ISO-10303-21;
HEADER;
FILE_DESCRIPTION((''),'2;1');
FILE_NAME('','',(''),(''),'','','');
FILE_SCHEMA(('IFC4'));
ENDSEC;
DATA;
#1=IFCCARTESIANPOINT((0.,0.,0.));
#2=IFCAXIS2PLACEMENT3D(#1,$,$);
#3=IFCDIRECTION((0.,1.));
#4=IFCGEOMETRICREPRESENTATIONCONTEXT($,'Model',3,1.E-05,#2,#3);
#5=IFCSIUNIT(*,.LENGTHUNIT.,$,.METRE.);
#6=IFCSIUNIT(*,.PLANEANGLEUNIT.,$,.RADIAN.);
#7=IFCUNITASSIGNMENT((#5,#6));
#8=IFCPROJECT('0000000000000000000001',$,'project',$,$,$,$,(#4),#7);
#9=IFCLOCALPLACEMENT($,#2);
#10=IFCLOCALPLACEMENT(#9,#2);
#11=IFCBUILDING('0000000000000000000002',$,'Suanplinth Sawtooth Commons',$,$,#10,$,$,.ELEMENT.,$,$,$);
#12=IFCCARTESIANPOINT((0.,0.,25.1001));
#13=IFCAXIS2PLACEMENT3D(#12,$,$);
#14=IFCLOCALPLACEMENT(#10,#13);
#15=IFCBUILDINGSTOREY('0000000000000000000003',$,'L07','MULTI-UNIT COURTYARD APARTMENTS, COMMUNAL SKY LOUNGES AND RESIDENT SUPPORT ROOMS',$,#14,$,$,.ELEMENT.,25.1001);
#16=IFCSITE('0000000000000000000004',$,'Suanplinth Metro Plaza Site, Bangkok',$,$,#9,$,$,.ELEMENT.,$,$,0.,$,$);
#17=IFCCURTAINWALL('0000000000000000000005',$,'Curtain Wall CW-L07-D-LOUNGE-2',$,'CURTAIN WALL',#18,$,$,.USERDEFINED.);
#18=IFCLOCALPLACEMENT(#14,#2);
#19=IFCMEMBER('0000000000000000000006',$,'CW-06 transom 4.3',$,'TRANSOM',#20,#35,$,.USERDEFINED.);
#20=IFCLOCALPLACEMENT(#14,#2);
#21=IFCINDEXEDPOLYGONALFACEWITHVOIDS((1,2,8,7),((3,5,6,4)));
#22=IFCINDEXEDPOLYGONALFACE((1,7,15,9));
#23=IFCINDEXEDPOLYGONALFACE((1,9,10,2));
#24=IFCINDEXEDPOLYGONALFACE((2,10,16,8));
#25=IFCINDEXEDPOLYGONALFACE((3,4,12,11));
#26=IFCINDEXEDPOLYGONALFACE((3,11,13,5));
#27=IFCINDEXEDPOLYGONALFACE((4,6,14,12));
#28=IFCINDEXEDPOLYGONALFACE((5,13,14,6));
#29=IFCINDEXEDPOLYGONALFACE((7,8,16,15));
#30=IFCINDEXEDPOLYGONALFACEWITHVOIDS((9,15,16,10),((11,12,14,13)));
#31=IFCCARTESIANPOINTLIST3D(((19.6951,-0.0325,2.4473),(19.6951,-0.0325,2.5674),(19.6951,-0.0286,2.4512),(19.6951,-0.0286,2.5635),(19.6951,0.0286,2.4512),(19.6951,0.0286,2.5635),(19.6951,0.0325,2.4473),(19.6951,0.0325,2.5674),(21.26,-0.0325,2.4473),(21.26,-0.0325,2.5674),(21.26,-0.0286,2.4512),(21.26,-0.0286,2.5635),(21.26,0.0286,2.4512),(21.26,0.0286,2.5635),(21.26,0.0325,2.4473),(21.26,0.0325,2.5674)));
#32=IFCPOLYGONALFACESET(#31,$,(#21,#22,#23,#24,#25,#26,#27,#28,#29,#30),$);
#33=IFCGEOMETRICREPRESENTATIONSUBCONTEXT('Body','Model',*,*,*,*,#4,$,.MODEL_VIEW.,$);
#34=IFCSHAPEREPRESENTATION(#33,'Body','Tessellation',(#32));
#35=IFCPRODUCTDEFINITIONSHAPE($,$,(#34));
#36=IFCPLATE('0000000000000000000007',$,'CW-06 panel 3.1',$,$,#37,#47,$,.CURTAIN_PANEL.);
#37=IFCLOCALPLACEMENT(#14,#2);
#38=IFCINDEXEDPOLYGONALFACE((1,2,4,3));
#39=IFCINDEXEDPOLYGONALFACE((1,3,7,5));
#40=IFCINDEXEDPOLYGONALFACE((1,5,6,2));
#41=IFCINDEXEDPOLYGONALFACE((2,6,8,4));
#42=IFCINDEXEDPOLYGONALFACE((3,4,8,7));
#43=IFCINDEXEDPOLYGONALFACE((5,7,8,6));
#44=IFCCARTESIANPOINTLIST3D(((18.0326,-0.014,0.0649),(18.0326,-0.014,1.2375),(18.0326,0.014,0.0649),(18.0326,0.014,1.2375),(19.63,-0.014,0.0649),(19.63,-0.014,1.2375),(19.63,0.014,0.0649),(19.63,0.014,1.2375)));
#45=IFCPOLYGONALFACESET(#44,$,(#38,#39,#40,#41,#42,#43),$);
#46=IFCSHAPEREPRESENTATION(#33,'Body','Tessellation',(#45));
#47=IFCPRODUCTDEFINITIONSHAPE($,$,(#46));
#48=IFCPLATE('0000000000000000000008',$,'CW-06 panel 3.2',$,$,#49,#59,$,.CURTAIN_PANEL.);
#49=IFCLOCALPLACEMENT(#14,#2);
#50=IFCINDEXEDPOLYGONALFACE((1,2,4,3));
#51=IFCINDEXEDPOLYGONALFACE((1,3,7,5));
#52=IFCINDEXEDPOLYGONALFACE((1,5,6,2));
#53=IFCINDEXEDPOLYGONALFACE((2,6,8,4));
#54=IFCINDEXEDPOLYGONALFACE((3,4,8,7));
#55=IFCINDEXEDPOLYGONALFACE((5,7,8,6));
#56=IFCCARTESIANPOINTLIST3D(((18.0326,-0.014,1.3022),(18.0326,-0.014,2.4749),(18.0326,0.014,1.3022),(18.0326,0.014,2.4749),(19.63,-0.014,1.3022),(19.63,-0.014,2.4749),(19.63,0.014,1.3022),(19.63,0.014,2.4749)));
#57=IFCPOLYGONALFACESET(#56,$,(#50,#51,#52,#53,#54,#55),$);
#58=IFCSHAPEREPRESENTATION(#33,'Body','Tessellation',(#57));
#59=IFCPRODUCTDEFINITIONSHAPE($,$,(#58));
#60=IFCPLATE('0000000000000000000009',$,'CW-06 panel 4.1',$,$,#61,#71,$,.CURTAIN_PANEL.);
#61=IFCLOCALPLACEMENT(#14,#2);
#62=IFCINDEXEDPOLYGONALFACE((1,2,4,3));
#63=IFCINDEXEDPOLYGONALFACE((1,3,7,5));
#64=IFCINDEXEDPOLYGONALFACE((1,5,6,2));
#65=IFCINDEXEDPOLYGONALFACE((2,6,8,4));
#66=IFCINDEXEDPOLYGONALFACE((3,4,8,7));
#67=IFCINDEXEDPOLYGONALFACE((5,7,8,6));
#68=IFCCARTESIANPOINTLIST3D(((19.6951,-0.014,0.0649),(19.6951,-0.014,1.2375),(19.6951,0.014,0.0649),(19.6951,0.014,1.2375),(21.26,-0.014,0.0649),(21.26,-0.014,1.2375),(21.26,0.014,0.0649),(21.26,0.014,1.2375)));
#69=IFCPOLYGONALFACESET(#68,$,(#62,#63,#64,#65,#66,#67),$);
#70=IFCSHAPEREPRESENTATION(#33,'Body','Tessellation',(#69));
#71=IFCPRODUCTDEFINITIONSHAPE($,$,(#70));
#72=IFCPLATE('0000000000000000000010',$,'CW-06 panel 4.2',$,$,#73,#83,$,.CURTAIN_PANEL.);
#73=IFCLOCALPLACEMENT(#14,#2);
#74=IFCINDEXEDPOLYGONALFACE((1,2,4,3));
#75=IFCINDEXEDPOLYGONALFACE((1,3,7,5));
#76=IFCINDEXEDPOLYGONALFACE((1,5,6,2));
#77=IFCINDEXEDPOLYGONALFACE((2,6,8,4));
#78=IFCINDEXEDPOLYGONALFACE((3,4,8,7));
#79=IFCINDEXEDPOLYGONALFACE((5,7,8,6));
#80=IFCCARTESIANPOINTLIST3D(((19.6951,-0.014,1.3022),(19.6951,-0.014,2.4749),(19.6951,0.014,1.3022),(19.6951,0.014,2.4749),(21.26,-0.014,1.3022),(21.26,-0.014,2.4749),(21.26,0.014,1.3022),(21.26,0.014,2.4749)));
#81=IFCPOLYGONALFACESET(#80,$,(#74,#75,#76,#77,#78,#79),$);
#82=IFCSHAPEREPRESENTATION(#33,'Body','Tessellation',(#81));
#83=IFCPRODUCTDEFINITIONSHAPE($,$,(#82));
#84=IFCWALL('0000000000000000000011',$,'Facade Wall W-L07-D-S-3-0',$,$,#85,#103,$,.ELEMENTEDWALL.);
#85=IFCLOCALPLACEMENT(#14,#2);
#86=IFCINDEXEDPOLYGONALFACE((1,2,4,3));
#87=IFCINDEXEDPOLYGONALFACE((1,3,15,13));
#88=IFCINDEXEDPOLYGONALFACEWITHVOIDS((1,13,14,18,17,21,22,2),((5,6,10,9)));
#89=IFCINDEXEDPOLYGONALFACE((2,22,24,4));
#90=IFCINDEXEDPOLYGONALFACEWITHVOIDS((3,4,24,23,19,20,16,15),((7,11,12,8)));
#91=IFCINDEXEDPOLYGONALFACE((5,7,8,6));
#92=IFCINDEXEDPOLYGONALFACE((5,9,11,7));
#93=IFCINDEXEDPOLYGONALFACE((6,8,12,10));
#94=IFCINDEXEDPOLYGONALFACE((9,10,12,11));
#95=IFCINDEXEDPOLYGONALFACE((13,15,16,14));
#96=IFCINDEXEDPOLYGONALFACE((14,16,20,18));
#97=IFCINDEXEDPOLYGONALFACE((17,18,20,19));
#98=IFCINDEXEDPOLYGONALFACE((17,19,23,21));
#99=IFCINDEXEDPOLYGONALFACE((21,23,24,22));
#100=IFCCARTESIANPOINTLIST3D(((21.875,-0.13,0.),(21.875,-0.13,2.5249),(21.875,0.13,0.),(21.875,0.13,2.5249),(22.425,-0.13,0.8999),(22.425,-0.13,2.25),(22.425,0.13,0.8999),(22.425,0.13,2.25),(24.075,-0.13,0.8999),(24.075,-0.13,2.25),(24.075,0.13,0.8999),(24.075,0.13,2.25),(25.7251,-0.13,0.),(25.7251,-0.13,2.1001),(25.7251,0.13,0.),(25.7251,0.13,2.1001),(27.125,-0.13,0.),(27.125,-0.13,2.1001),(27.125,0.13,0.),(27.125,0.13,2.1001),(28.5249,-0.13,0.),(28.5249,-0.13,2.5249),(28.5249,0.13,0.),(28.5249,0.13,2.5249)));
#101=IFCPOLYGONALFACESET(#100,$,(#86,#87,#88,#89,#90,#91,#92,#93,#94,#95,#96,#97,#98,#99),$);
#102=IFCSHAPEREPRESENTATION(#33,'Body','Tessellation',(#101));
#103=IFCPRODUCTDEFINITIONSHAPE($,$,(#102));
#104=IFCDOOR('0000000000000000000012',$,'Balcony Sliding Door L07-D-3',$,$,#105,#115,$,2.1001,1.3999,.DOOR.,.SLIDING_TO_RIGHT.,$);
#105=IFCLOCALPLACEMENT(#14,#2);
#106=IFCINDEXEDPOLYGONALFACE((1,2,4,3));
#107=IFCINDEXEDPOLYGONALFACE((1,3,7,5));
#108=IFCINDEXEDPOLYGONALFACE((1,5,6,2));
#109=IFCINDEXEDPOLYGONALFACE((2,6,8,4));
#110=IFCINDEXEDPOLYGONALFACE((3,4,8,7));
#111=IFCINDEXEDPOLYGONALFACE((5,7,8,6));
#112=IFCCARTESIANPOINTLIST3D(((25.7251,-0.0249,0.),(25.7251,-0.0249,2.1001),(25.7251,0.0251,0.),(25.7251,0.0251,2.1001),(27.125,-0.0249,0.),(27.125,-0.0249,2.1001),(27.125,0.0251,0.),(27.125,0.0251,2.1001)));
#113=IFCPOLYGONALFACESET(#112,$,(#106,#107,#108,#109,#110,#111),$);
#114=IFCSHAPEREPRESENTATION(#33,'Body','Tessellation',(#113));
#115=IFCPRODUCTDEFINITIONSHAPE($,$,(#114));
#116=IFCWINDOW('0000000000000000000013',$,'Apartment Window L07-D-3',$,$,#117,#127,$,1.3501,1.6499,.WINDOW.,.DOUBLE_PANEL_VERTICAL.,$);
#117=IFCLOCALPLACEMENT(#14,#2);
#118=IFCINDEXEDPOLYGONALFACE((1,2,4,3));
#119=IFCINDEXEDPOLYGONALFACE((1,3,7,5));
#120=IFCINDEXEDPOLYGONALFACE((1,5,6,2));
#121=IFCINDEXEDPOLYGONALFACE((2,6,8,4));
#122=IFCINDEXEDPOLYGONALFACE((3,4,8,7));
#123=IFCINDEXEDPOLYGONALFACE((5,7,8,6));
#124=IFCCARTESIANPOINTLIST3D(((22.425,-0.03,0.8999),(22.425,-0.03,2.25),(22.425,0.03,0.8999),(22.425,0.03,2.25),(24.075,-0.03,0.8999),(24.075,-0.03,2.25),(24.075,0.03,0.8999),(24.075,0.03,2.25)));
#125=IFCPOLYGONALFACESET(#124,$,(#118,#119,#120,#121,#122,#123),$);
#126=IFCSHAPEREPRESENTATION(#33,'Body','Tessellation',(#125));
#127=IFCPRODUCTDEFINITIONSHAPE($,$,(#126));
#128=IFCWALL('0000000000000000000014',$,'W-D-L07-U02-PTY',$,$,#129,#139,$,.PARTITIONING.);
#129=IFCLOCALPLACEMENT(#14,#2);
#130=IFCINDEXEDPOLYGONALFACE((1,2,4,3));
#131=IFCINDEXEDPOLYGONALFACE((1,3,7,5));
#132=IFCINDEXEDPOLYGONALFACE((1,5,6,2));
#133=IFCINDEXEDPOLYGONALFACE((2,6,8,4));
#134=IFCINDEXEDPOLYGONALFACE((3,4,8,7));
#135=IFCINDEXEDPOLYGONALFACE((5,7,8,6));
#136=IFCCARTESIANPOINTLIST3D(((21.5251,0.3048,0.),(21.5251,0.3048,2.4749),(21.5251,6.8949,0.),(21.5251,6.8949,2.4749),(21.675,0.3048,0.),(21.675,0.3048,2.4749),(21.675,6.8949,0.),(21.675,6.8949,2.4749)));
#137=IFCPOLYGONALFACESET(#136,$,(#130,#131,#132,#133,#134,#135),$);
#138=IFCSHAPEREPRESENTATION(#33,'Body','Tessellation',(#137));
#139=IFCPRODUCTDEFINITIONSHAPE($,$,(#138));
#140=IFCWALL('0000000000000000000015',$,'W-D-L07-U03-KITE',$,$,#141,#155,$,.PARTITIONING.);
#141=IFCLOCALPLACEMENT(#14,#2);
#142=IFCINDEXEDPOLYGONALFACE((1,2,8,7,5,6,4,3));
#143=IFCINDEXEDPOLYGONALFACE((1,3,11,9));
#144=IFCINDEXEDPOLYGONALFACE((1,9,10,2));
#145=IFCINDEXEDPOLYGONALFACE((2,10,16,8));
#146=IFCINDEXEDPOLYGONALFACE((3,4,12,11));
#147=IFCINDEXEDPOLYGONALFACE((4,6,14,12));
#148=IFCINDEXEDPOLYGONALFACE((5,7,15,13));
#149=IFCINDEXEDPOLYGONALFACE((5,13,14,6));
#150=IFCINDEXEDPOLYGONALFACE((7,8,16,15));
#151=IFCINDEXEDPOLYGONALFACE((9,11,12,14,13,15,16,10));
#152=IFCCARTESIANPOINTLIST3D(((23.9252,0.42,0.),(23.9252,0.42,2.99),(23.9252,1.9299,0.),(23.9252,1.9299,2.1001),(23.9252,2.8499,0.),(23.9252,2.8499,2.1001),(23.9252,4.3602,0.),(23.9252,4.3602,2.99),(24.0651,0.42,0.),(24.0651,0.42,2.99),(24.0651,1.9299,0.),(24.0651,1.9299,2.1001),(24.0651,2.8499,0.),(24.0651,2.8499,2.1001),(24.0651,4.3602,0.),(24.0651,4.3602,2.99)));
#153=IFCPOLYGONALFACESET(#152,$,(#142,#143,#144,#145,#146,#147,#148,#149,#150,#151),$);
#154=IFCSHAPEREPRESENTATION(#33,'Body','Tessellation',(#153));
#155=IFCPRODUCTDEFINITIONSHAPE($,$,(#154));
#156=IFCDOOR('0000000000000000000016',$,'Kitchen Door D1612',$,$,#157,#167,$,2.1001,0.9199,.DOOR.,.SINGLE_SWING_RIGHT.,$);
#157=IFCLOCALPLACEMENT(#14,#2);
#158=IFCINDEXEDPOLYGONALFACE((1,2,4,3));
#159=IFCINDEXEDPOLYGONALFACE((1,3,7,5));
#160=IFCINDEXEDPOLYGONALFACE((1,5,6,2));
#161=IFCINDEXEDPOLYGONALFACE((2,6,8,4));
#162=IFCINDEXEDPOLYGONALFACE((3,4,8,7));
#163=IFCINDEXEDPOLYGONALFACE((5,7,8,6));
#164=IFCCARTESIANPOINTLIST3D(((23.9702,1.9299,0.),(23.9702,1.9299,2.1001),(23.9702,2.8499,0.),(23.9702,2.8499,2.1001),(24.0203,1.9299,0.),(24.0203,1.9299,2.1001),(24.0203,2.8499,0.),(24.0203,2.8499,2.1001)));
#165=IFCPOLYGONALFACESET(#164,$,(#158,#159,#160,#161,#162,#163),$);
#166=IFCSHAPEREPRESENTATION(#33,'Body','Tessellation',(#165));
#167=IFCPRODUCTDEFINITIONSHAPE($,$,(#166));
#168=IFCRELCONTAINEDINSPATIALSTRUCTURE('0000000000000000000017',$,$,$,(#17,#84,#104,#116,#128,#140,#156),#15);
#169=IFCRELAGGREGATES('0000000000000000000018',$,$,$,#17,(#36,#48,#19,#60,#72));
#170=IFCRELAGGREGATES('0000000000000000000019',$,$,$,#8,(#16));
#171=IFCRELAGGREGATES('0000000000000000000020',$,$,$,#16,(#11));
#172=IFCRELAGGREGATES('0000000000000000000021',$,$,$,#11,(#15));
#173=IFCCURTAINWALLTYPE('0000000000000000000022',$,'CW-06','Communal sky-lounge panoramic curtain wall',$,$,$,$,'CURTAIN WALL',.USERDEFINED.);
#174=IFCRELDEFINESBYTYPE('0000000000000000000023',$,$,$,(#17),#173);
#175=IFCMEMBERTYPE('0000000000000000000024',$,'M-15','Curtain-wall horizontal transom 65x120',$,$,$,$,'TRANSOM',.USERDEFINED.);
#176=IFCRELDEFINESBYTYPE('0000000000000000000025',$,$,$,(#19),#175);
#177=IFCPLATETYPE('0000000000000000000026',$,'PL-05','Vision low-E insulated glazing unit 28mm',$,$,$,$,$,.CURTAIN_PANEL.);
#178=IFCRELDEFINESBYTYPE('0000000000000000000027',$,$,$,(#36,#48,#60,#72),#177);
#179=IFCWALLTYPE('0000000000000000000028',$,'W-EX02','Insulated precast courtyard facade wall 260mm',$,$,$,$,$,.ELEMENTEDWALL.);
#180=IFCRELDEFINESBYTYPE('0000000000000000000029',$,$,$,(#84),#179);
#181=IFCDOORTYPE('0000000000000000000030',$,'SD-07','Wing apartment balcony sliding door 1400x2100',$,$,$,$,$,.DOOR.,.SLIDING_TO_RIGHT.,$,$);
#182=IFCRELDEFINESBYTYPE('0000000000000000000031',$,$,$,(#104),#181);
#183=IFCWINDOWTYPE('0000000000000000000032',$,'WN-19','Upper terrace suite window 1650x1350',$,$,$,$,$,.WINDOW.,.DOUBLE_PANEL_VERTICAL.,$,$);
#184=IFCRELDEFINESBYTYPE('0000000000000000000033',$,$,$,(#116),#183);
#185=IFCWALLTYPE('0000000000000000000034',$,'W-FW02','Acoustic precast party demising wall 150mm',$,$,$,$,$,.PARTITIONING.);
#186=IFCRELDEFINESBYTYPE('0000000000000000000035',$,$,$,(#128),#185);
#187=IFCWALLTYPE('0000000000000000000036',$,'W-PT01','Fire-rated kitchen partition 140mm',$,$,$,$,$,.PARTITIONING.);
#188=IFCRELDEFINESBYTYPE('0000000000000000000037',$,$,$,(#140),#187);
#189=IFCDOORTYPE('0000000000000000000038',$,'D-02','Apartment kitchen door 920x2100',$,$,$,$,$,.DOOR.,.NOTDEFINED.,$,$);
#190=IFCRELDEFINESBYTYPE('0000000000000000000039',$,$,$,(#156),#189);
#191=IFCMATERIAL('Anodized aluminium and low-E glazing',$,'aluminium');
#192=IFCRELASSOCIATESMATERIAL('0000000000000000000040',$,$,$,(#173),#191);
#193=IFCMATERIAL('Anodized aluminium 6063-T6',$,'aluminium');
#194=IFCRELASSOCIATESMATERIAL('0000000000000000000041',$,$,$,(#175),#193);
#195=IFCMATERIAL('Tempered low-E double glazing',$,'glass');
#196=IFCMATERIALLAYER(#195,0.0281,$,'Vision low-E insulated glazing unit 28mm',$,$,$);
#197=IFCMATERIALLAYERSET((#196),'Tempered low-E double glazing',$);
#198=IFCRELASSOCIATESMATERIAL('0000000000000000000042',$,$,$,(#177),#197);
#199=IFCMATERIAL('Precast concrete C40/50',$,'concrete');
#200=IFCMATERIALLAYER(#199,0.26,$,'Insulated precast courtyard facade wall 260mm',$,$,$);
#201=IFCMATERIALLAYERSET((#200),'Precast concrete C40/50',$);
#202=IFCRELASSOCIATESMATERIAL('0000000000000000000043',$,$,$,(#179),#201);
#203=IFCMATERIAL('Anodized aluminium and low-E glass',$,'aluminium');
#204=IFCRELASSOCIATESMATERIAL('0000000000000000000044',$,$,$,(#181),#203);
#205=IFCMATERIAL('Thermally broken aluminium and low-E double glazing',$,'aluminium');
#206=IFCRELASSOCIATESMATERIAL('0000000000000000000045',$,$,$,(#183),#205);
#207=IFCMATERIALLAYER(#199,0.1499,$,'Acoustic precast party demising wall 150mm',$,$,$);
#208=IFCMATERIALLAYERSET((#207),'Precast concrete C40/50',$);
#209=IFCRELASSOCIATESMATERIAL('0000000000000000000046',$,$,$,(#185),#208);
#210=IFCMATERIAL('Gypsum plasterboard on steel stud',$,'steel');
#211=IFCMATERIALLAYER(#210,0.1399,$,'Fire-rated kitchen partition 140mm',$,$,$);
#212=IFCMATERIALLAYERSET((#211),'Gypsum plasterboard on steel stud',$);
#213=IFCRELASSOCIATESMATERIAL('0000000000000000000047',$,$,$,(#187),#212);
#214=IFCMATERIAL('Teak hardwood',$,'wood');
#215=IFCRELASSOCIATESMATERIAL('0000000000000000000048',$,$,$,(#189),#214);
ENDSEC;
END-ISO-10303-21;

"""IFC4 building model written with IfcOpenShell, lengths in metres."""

from ifc_helpers import new_model, si_unit, direction, frame, frame_2d, origin, origin_2d, place, context, subcontext, project, spatial, rectangle, hollow_rectangle, extrude, material, layer, layer_set, material_profile, profile_set, type_object, element, fill, aggregate, save


model = new_model("IFC4")

# Units and contexts
model_context = context("Model", 3, precision=1e-05, world=origin(), true_north=direction((0.0, 1.0)))
body_context = subcontext(model_context, "Body", "Model", "MODEL_VIEW")
ifc_project = project(units=[si_unit("LENGTHUNIT", "METRE"), si_unit("PLANEANGLEUNIT", "RADIAN")], contexts=[model_context])

# Site, building, storey
site_placement = place(None, origin())
site = spatial("IfcSite", under=ifc_project, at=site_placement, Name="Suanplinth Metro Plaza Site, Bangkok", CompositionType="ELEMENT", RefElevation=0.0)
building_placement = place(site_placement, origin())
building = spatial("IfcBuilding", under=site, at=building_placement, Name="Suanplinth Sawtooth Commons", CompositionType="ELEMENT")
storey_placement = place(building_placement, frame((0.0, 0.0, 25.1001)))
storey = spatial("IfcBuildingStorey", under=building, at=storey_placement, Name="L07", Description="MULTI-UNIT COURTYARD APARTMENTS, COMMUNAL SKY LOUNGES AND RESIDENT SUPPORT ROOMS", CompositionType="ELEMENT", Elevation=25.1001)

# Shared definitions
ifc_material_1 = material(Name="Precast concrete C40/50", Category="concrete")

# Curtain wall, member, plates
ifc_material_2 = material(Name="Anodized aluminium and low-E glazing", Category="aluminium")
curtain_wall_type = type_object("IfcCurtainWallType", Name="CW-06", Description="Communal sky-lounge panoramic curtain wall", ElementType="CURTAIN WALL", PredefinedType="USERDEFINED", material=ifc_material_2)
curtain_wall_placement = place(storey_placement, origin())
curtain_wall = element("IfcCurtainWall", 1, at=curtain_wall_placement, inside=storey, type_object=curtain_wall_type, Name="Curtain Wall CW-L07-D-LOUNGE-2", ObjectType="CURTAIN WALL", PredefinedType="USERDEFINED")
ifc_material_3 = material(Name="Anodized aluminium 6063-T6", Category="aluminium")
ifc_material_profile_1 = material_profile(ifc_material_3, hollow_rectangle(XDim=0.0649, YDim=0.1201, WallThickness=0.0039, at=origin_2d()), Name="ALU-TRN 65x120")
ifc_profile_set_1 = profile_set([ifc_material_profile_1], Name="Anodized aluminium 6063-T6")
member_type_1 = type_object("IfcMemberType", Name="M-15", Description="Curtain-wall horizontal transom 65x120", ElementType="TRANSOM", PredefinedType="USERDEFINED", material=ifc_profile_set_1)
member_1_placement = place(storey_placement, frame((19.6951, 0.0, 2.5073), z_axis=(1.0, 0.0, 0.0), x_axis=(0.0, 1.0, 0.0)))
member_1 = element("IfcMember", 2, at=member_1_placement, type_object=member_type_1, Name="CW-06 transom 4.3", ObjectType="TRANSOM", PredefinedType="USERDEFINED", context=body_context, shape_type="SweptSolid", body=[
    extrude(hollow_rectangle(XDim=0.0649, YDim=0.1201, WallThickness=0.0039, at=origin_2d()), origin(), (0.0, 0.0, 1.0), 1.5649),
])
ifc_material_4 = material(Name="Tempered low-E double glazing", Category="glass")
ifc_layer_1 = layer(ifc_material_4, 0.0281, Name="Vision low-E insulated glazing unit 28mm")
ifc_layer_set_1 = layer_set([ifc_layer_1], Name="Tempered low-E double glazing")
plate_type = type_object("IfcPlateType", Name="PL-05", Description="Vision low-E insulated glazing unit 28mm", PredefinedType="CURTAIN_PANEL", material=ifc_layer_set_1)
plate_1_placement = place(storey_placement, frame((18.8313, 0.0, 0.0649), z_axis=(0.0, 0.0, 1.0), x_axis=(1.0, 0.0, 0.0)))
plate_1 = element("IfcPlate", 3, at=plate_1_placement, type_object=plate_type, Name="CW-06 panel 3.1", PredefinedType="CURTAIN_PANEL", context=body_context, shape_type="SweptSolid", body=[
    extrude(rectangle(XDim=1.5974, YDim=0.0281, at=origin_2d()), origin(), (0.0, 0.0, 1.0), 1.1726),
])
plate_2_placement = place(storey_placement, frame((18.8313, 0.0, 1.3022), z_axis=(0.0, 0.0, 1.0), x_axis=(1.0, 0.0, 0.0)))
plate_2 = element("IfcPlate", 4, at=plate_2_placement, type_object=plate_type, Name="CW-06 panel 3.2", PredefinedType="CURTAIN_PANEL", context=body_context, shape_type="SweptSolid", body=[
    extrude(rectangle(XDim=1.5974, YDim=0.0281, at=origin_2d()), origin(), (0.0, 0.0, 1.0), 1.1726),
])
plate_3_placement = place(storey_placement, frame((20.4775, 0.0, 0.0649), z_axis=(0.0, 0.0, 1.0), x_axis=(1.0, 0.0, 0.0)))
plate_3 = element("IfcPlate", 5, at=plate_3_placement, type_object=plate_type, Name="CW-06 panel 4.1", PredefinedType="CURTAIN_PANEL", context=body_context, shape_type="SweptSolid", body=[
    extrude(rectangle(XDim=1.5649, YDim=0.0281, at=origin_2d()), origin(), (0.0, 0.0, 1.0), 1.1726),
])
plate_4_placement = place(storey_placement, frame((20.4775, 0.0, 1.3022), z_axis=(0.0, 0.0, 1.0), x_axis=(1.0, 0.0, 0.0)))
plate_4 = element("IfcPlate", 6, at=plate_4_placement, type_object=plate_type, Name="CW-06 panel 4.2", PredefinedType="CURTAIN_PANEL", context=body_context, shape_type="SweptSolid", body=[
    extrude(rectangle(XDim=1.5649, YDim=0.0281, at=origin_2d()), origin(), (0.0, 0.0, 1.0), 1.1726),
])
aggregate(curtain_wall, [plate_1, plate_2, member_1, plate_3, plate_4])

# Wall, openings, door, window
ifc_layer_2 = layer(ifc_material_1, 0.26, Name="Insulated precast courtyard facade wall 260mm")
ifc_layer_set_2 = layer_set([ifc_layer_2], Name="Precast concrete C40/50")
wall_type_1 = type_object("IfcWallType", Name="W-EX02", Description="Insulated precast courtyard facade wall 260mm", PredefinedType="ELEMENTEDWALL", material=ifc_layer_set_2)
wall_1_placement = place(storey_placement, frame((21.875, 0.0, 0.0), z_axis=(0.0, 0.0, 1.0), x_axis=(1.0, 0.0, 0.0)))
wall_1 = element("IfcWall", 7, at=wall_1_placement, inside=storey, type_object=wall_type_1, Name="Facade Wall W-L07-D-S-3-0", PredefinedType="ELEMENTEDWALL", context=body_context, shape_type="SweptSolid", body=[
    extrude(rectangle(XDim=6.6499, YDim=0.26, at=frame_2d((3.325, 0.0))), origin(), (0.0, 0.0, 1.0), 2.5249),
])
opening_1_placement = place(wall_1_placement, frame((3.8501, 0.0, 0.0)))
opening_1 = element("IfcOpeningElement", 8, at=opening_1_placement, cuts=wall_1, PredefinedType="OPENING", context=body_context, shape_type="SweptSolid", body=[
    extrude(rectangle(XDim=1.3999, YDim=2.1001, at=frame_2d((0.7, 1.05))), frame((0.0, 0.145, 0.0), z_axis=(0.0, -1.0, 0.0), x_axis=(1.0, 0.0, 0.0)), (0.0, 0.0, 1.0), 0.2898),
])
opening_2_placement = place(wall_1_placement, frame((0.55, 0.0, 0.8999)))
opening_2 = element("IfcOpeningElement", 9, at=opening_2_placement, cuts=wall_1, PredefinedType="OPENING", context=body_context, shape_type="SweptSolid", body=[
    extrude(rectangle(XDim=1.6499, YDim=1.3501, at=frame_2d((0.825, 0.675))), frame((0.0, 0.145, 0.0), z_axis=(0.0, -1.0, 0.0), x_axis=(1.0, 0.0, 0.0)), (0.0, 0.0, 1.0), 0.2898),
])
ifc_material_5 = material(Name="Anodized aluminium and low-E glass", Category="aluminium")
door_type_1 = type_object("IfcDoorType", Name="SD-07", Description="Wing apartment balcony sliding door 1400x2100", OperationType="SLIDING_TO_RIGHT", PredefinedType="DOOR", material=ifc_material_5)
door_1_placement = place(opening_1_placement, frame((1.3999, 0.0, 0.0), z_axis=(0.0, 0.0, 1.0), x_axis=(-1.0, 0.0, 0.0)))
door_1 = element("IfcDoor", 10, at=door_1_placement, inside=storey, type_object=door_type_1, Name="Balcony Sliding Door L07-D-3", OperationType="SLIDING_TO_RIGHT", OverallHeight=2.1001, OverallWidth=1.3999, PredefinedType="DOOR", context=body_context, shape_type="SweptSolid", body=[
    extrude(rectangle(XDim=1.3999, YDim=2.1001, at=frame_2d((0.7, 1.05))), frame((0.0, 0.0249, 0.0), z_axis=(0.0, -1.0, 0.0), x_axis=(1.0, 0.0, 0.0)), (0.0, 0.0, 1.0), 0.05),
])
fill(opening_1, door_1)
ifc_material_6 = material(Name="Thermally broken aluminium and low-E double glazing", Category="aluminium")
window_type = type_object("IfcWindowType", Name="WN-19", Description="Upper terrace suite window 1650x1350", PartitioningType="DOUBLE_PANEL_VERTICAL", PredefinedType="WINDOW", material=ifc_material_6)
window_placement = place(opening_2_placement, origin())
window = element("IfcWindow", 11, at=window_placement, inside=storey, type_object=window_type, Name="Apartment Window L07-D-3", OverallHeight=1.3501, OverallWidth=1.6499, PartitioningType="DOUBLE_PANEL_VERTICAL", PredefinedType="WINDOW", context=body_context, shape_type="SweptSolid", body=[
    extrude(rectangle(XDim=1.6499, YDim=1.3501, at=frame_2d((0.825, 0.675))), frame((0.0, 0.03, 0.0), z_axis=(0.0, -1.0, 0.0), x_axis=(1.0, 0.0, 0.0)), (0.0, 0.0, 1.0), 0.0601),
])
fill(opening_2, window)

# Wall
ifc_layer_3 = layer(ifc_material_1, 0.1499, Name="Acoustic precast party demising wall 150mm")
ifc_layer_set_3 = layer_set([ifc_layer_3], Name="Precast concrete C40/50")
wall_type_2 = type_object("IfcWallType", Name="W-FW02", Description="Acoustic precast party demising wall 150mm", PredefinedType="PARTITIONING", material=ifc_layer_set_3)
wall_2_placement = place(storey_placement, frame((21.6001, 0.3049, 0.0), z_axis=(0.0, 0.0, 1.0), x_axis=(0.0, 1.0, 0.0)))
element("IfcWall", 12, at=wall_2_placement, inside=storey, type_object=wall_type_2, Name="W-D-L07-U02-PTY", PredefinedType="PARTITIONING", context=body_context, shape_type="SweptSolid", body=[
    extrude(rectangle(XDim=6.5901, YDim=0.1499, at=frame_2d((3.2949, 0.0))), origin(), (0.0, 0.0, 1.0), 2.4749),
])

# Wall, opening, door
ifc_material_7 = material(Name="Gypsum plasterboard on steel stud", Category="steel")
ifc_layer_4 = layer(ifc_material_7, 0.1399, Name="Fire-rated kitchen partition 140mm")
ifc_layer_set_4 = layer_set([ifc_layer_4], Name="Gypsum plasterboard on steel stud")
wall_type_3 = type_object("IfcWallType", Name="W-PT01", Description="Fire-rated kitchen partition 140mm", PredefinedType="PARTITIONING", material=ifc_layer_set_4)
wall_3_placement = place(storey_placement, frame((23.9951, 0.4199, 0.0), z_axis=(0.0, 0.0, 1.0), x_axis=(0.0, 1.0, 0.0)))
wall_3 = element("IfcWall", 13, at=wall_3_placement, inside=storey, type_object=wall_type_3, Name="W-D-L07-U03-KITE", PredefinedType="PARTITIONING", context=body_context, shape_type="SweptSolid", body=[
    extrude(rectangle(XDim=3.9402, YDim=0.1399, at=frame_2d((1.9702, 0.0))), origin(), (0.0, 0.0, 1.0), 2.99),
])
opening_3_placement = place(wall_3_placement, frame((1.51, 0.0, 0.0)))
opening_3 = element("IfcOpeningElement", 14, at=opening_3_placement, cuts=wall_3, PredefinedType="OPENING", context=body_context, shape_type="SweptSolid", body=[
    extrude(rectangle(XDim=0.9199, YDim=2.1001, at=frame_2d((0.46, 1.05))), frame((0.0, 0.085, 0.0), z_axis=(0.0, -1.0, 0.0), x_axis=(1.0, 0.0, 0.0)), (0.0, 0.0, 1.0), 0.1697),
])
ifc_material_8 = material(Name="Teak hardwood", Category="wood")
door_type_2 = type_object("IfcDoorType", Name="D-02", Description="Apartment kitchen door 920x2100", OperationType="NOTDEFINED", PredefinedType="DOOR", material=ifc_material_8)
door_2_placement = place(opening_3_placement, origin())
door_2 = element("IfcDoor", 15, at=door_2_placement, inside=storey, type_object=door_type_2, Name="Kitchen Door D1612", OperationType="SINGLE_SWING_RIGHT", OverallHeight=2.1001, OverallWidth=0.9199, PredefinedType="DOOR", context=body_context, shape_type="SweptSolid", body=[
    extrude(rectangle(XDim=0.9199, YDim=2.1001, at=frame_2d((0.46, 1.05))), frame((0.0, 0.0249, 0.0), z_axis=(0.0, -1.0, 0.0), x_axis=(1.0, 0.0, 0.0)), (0.0, 0.0, 1.0), 0.05),
])
fill(opening_3, door_2)

save(model, "model.ifc")
